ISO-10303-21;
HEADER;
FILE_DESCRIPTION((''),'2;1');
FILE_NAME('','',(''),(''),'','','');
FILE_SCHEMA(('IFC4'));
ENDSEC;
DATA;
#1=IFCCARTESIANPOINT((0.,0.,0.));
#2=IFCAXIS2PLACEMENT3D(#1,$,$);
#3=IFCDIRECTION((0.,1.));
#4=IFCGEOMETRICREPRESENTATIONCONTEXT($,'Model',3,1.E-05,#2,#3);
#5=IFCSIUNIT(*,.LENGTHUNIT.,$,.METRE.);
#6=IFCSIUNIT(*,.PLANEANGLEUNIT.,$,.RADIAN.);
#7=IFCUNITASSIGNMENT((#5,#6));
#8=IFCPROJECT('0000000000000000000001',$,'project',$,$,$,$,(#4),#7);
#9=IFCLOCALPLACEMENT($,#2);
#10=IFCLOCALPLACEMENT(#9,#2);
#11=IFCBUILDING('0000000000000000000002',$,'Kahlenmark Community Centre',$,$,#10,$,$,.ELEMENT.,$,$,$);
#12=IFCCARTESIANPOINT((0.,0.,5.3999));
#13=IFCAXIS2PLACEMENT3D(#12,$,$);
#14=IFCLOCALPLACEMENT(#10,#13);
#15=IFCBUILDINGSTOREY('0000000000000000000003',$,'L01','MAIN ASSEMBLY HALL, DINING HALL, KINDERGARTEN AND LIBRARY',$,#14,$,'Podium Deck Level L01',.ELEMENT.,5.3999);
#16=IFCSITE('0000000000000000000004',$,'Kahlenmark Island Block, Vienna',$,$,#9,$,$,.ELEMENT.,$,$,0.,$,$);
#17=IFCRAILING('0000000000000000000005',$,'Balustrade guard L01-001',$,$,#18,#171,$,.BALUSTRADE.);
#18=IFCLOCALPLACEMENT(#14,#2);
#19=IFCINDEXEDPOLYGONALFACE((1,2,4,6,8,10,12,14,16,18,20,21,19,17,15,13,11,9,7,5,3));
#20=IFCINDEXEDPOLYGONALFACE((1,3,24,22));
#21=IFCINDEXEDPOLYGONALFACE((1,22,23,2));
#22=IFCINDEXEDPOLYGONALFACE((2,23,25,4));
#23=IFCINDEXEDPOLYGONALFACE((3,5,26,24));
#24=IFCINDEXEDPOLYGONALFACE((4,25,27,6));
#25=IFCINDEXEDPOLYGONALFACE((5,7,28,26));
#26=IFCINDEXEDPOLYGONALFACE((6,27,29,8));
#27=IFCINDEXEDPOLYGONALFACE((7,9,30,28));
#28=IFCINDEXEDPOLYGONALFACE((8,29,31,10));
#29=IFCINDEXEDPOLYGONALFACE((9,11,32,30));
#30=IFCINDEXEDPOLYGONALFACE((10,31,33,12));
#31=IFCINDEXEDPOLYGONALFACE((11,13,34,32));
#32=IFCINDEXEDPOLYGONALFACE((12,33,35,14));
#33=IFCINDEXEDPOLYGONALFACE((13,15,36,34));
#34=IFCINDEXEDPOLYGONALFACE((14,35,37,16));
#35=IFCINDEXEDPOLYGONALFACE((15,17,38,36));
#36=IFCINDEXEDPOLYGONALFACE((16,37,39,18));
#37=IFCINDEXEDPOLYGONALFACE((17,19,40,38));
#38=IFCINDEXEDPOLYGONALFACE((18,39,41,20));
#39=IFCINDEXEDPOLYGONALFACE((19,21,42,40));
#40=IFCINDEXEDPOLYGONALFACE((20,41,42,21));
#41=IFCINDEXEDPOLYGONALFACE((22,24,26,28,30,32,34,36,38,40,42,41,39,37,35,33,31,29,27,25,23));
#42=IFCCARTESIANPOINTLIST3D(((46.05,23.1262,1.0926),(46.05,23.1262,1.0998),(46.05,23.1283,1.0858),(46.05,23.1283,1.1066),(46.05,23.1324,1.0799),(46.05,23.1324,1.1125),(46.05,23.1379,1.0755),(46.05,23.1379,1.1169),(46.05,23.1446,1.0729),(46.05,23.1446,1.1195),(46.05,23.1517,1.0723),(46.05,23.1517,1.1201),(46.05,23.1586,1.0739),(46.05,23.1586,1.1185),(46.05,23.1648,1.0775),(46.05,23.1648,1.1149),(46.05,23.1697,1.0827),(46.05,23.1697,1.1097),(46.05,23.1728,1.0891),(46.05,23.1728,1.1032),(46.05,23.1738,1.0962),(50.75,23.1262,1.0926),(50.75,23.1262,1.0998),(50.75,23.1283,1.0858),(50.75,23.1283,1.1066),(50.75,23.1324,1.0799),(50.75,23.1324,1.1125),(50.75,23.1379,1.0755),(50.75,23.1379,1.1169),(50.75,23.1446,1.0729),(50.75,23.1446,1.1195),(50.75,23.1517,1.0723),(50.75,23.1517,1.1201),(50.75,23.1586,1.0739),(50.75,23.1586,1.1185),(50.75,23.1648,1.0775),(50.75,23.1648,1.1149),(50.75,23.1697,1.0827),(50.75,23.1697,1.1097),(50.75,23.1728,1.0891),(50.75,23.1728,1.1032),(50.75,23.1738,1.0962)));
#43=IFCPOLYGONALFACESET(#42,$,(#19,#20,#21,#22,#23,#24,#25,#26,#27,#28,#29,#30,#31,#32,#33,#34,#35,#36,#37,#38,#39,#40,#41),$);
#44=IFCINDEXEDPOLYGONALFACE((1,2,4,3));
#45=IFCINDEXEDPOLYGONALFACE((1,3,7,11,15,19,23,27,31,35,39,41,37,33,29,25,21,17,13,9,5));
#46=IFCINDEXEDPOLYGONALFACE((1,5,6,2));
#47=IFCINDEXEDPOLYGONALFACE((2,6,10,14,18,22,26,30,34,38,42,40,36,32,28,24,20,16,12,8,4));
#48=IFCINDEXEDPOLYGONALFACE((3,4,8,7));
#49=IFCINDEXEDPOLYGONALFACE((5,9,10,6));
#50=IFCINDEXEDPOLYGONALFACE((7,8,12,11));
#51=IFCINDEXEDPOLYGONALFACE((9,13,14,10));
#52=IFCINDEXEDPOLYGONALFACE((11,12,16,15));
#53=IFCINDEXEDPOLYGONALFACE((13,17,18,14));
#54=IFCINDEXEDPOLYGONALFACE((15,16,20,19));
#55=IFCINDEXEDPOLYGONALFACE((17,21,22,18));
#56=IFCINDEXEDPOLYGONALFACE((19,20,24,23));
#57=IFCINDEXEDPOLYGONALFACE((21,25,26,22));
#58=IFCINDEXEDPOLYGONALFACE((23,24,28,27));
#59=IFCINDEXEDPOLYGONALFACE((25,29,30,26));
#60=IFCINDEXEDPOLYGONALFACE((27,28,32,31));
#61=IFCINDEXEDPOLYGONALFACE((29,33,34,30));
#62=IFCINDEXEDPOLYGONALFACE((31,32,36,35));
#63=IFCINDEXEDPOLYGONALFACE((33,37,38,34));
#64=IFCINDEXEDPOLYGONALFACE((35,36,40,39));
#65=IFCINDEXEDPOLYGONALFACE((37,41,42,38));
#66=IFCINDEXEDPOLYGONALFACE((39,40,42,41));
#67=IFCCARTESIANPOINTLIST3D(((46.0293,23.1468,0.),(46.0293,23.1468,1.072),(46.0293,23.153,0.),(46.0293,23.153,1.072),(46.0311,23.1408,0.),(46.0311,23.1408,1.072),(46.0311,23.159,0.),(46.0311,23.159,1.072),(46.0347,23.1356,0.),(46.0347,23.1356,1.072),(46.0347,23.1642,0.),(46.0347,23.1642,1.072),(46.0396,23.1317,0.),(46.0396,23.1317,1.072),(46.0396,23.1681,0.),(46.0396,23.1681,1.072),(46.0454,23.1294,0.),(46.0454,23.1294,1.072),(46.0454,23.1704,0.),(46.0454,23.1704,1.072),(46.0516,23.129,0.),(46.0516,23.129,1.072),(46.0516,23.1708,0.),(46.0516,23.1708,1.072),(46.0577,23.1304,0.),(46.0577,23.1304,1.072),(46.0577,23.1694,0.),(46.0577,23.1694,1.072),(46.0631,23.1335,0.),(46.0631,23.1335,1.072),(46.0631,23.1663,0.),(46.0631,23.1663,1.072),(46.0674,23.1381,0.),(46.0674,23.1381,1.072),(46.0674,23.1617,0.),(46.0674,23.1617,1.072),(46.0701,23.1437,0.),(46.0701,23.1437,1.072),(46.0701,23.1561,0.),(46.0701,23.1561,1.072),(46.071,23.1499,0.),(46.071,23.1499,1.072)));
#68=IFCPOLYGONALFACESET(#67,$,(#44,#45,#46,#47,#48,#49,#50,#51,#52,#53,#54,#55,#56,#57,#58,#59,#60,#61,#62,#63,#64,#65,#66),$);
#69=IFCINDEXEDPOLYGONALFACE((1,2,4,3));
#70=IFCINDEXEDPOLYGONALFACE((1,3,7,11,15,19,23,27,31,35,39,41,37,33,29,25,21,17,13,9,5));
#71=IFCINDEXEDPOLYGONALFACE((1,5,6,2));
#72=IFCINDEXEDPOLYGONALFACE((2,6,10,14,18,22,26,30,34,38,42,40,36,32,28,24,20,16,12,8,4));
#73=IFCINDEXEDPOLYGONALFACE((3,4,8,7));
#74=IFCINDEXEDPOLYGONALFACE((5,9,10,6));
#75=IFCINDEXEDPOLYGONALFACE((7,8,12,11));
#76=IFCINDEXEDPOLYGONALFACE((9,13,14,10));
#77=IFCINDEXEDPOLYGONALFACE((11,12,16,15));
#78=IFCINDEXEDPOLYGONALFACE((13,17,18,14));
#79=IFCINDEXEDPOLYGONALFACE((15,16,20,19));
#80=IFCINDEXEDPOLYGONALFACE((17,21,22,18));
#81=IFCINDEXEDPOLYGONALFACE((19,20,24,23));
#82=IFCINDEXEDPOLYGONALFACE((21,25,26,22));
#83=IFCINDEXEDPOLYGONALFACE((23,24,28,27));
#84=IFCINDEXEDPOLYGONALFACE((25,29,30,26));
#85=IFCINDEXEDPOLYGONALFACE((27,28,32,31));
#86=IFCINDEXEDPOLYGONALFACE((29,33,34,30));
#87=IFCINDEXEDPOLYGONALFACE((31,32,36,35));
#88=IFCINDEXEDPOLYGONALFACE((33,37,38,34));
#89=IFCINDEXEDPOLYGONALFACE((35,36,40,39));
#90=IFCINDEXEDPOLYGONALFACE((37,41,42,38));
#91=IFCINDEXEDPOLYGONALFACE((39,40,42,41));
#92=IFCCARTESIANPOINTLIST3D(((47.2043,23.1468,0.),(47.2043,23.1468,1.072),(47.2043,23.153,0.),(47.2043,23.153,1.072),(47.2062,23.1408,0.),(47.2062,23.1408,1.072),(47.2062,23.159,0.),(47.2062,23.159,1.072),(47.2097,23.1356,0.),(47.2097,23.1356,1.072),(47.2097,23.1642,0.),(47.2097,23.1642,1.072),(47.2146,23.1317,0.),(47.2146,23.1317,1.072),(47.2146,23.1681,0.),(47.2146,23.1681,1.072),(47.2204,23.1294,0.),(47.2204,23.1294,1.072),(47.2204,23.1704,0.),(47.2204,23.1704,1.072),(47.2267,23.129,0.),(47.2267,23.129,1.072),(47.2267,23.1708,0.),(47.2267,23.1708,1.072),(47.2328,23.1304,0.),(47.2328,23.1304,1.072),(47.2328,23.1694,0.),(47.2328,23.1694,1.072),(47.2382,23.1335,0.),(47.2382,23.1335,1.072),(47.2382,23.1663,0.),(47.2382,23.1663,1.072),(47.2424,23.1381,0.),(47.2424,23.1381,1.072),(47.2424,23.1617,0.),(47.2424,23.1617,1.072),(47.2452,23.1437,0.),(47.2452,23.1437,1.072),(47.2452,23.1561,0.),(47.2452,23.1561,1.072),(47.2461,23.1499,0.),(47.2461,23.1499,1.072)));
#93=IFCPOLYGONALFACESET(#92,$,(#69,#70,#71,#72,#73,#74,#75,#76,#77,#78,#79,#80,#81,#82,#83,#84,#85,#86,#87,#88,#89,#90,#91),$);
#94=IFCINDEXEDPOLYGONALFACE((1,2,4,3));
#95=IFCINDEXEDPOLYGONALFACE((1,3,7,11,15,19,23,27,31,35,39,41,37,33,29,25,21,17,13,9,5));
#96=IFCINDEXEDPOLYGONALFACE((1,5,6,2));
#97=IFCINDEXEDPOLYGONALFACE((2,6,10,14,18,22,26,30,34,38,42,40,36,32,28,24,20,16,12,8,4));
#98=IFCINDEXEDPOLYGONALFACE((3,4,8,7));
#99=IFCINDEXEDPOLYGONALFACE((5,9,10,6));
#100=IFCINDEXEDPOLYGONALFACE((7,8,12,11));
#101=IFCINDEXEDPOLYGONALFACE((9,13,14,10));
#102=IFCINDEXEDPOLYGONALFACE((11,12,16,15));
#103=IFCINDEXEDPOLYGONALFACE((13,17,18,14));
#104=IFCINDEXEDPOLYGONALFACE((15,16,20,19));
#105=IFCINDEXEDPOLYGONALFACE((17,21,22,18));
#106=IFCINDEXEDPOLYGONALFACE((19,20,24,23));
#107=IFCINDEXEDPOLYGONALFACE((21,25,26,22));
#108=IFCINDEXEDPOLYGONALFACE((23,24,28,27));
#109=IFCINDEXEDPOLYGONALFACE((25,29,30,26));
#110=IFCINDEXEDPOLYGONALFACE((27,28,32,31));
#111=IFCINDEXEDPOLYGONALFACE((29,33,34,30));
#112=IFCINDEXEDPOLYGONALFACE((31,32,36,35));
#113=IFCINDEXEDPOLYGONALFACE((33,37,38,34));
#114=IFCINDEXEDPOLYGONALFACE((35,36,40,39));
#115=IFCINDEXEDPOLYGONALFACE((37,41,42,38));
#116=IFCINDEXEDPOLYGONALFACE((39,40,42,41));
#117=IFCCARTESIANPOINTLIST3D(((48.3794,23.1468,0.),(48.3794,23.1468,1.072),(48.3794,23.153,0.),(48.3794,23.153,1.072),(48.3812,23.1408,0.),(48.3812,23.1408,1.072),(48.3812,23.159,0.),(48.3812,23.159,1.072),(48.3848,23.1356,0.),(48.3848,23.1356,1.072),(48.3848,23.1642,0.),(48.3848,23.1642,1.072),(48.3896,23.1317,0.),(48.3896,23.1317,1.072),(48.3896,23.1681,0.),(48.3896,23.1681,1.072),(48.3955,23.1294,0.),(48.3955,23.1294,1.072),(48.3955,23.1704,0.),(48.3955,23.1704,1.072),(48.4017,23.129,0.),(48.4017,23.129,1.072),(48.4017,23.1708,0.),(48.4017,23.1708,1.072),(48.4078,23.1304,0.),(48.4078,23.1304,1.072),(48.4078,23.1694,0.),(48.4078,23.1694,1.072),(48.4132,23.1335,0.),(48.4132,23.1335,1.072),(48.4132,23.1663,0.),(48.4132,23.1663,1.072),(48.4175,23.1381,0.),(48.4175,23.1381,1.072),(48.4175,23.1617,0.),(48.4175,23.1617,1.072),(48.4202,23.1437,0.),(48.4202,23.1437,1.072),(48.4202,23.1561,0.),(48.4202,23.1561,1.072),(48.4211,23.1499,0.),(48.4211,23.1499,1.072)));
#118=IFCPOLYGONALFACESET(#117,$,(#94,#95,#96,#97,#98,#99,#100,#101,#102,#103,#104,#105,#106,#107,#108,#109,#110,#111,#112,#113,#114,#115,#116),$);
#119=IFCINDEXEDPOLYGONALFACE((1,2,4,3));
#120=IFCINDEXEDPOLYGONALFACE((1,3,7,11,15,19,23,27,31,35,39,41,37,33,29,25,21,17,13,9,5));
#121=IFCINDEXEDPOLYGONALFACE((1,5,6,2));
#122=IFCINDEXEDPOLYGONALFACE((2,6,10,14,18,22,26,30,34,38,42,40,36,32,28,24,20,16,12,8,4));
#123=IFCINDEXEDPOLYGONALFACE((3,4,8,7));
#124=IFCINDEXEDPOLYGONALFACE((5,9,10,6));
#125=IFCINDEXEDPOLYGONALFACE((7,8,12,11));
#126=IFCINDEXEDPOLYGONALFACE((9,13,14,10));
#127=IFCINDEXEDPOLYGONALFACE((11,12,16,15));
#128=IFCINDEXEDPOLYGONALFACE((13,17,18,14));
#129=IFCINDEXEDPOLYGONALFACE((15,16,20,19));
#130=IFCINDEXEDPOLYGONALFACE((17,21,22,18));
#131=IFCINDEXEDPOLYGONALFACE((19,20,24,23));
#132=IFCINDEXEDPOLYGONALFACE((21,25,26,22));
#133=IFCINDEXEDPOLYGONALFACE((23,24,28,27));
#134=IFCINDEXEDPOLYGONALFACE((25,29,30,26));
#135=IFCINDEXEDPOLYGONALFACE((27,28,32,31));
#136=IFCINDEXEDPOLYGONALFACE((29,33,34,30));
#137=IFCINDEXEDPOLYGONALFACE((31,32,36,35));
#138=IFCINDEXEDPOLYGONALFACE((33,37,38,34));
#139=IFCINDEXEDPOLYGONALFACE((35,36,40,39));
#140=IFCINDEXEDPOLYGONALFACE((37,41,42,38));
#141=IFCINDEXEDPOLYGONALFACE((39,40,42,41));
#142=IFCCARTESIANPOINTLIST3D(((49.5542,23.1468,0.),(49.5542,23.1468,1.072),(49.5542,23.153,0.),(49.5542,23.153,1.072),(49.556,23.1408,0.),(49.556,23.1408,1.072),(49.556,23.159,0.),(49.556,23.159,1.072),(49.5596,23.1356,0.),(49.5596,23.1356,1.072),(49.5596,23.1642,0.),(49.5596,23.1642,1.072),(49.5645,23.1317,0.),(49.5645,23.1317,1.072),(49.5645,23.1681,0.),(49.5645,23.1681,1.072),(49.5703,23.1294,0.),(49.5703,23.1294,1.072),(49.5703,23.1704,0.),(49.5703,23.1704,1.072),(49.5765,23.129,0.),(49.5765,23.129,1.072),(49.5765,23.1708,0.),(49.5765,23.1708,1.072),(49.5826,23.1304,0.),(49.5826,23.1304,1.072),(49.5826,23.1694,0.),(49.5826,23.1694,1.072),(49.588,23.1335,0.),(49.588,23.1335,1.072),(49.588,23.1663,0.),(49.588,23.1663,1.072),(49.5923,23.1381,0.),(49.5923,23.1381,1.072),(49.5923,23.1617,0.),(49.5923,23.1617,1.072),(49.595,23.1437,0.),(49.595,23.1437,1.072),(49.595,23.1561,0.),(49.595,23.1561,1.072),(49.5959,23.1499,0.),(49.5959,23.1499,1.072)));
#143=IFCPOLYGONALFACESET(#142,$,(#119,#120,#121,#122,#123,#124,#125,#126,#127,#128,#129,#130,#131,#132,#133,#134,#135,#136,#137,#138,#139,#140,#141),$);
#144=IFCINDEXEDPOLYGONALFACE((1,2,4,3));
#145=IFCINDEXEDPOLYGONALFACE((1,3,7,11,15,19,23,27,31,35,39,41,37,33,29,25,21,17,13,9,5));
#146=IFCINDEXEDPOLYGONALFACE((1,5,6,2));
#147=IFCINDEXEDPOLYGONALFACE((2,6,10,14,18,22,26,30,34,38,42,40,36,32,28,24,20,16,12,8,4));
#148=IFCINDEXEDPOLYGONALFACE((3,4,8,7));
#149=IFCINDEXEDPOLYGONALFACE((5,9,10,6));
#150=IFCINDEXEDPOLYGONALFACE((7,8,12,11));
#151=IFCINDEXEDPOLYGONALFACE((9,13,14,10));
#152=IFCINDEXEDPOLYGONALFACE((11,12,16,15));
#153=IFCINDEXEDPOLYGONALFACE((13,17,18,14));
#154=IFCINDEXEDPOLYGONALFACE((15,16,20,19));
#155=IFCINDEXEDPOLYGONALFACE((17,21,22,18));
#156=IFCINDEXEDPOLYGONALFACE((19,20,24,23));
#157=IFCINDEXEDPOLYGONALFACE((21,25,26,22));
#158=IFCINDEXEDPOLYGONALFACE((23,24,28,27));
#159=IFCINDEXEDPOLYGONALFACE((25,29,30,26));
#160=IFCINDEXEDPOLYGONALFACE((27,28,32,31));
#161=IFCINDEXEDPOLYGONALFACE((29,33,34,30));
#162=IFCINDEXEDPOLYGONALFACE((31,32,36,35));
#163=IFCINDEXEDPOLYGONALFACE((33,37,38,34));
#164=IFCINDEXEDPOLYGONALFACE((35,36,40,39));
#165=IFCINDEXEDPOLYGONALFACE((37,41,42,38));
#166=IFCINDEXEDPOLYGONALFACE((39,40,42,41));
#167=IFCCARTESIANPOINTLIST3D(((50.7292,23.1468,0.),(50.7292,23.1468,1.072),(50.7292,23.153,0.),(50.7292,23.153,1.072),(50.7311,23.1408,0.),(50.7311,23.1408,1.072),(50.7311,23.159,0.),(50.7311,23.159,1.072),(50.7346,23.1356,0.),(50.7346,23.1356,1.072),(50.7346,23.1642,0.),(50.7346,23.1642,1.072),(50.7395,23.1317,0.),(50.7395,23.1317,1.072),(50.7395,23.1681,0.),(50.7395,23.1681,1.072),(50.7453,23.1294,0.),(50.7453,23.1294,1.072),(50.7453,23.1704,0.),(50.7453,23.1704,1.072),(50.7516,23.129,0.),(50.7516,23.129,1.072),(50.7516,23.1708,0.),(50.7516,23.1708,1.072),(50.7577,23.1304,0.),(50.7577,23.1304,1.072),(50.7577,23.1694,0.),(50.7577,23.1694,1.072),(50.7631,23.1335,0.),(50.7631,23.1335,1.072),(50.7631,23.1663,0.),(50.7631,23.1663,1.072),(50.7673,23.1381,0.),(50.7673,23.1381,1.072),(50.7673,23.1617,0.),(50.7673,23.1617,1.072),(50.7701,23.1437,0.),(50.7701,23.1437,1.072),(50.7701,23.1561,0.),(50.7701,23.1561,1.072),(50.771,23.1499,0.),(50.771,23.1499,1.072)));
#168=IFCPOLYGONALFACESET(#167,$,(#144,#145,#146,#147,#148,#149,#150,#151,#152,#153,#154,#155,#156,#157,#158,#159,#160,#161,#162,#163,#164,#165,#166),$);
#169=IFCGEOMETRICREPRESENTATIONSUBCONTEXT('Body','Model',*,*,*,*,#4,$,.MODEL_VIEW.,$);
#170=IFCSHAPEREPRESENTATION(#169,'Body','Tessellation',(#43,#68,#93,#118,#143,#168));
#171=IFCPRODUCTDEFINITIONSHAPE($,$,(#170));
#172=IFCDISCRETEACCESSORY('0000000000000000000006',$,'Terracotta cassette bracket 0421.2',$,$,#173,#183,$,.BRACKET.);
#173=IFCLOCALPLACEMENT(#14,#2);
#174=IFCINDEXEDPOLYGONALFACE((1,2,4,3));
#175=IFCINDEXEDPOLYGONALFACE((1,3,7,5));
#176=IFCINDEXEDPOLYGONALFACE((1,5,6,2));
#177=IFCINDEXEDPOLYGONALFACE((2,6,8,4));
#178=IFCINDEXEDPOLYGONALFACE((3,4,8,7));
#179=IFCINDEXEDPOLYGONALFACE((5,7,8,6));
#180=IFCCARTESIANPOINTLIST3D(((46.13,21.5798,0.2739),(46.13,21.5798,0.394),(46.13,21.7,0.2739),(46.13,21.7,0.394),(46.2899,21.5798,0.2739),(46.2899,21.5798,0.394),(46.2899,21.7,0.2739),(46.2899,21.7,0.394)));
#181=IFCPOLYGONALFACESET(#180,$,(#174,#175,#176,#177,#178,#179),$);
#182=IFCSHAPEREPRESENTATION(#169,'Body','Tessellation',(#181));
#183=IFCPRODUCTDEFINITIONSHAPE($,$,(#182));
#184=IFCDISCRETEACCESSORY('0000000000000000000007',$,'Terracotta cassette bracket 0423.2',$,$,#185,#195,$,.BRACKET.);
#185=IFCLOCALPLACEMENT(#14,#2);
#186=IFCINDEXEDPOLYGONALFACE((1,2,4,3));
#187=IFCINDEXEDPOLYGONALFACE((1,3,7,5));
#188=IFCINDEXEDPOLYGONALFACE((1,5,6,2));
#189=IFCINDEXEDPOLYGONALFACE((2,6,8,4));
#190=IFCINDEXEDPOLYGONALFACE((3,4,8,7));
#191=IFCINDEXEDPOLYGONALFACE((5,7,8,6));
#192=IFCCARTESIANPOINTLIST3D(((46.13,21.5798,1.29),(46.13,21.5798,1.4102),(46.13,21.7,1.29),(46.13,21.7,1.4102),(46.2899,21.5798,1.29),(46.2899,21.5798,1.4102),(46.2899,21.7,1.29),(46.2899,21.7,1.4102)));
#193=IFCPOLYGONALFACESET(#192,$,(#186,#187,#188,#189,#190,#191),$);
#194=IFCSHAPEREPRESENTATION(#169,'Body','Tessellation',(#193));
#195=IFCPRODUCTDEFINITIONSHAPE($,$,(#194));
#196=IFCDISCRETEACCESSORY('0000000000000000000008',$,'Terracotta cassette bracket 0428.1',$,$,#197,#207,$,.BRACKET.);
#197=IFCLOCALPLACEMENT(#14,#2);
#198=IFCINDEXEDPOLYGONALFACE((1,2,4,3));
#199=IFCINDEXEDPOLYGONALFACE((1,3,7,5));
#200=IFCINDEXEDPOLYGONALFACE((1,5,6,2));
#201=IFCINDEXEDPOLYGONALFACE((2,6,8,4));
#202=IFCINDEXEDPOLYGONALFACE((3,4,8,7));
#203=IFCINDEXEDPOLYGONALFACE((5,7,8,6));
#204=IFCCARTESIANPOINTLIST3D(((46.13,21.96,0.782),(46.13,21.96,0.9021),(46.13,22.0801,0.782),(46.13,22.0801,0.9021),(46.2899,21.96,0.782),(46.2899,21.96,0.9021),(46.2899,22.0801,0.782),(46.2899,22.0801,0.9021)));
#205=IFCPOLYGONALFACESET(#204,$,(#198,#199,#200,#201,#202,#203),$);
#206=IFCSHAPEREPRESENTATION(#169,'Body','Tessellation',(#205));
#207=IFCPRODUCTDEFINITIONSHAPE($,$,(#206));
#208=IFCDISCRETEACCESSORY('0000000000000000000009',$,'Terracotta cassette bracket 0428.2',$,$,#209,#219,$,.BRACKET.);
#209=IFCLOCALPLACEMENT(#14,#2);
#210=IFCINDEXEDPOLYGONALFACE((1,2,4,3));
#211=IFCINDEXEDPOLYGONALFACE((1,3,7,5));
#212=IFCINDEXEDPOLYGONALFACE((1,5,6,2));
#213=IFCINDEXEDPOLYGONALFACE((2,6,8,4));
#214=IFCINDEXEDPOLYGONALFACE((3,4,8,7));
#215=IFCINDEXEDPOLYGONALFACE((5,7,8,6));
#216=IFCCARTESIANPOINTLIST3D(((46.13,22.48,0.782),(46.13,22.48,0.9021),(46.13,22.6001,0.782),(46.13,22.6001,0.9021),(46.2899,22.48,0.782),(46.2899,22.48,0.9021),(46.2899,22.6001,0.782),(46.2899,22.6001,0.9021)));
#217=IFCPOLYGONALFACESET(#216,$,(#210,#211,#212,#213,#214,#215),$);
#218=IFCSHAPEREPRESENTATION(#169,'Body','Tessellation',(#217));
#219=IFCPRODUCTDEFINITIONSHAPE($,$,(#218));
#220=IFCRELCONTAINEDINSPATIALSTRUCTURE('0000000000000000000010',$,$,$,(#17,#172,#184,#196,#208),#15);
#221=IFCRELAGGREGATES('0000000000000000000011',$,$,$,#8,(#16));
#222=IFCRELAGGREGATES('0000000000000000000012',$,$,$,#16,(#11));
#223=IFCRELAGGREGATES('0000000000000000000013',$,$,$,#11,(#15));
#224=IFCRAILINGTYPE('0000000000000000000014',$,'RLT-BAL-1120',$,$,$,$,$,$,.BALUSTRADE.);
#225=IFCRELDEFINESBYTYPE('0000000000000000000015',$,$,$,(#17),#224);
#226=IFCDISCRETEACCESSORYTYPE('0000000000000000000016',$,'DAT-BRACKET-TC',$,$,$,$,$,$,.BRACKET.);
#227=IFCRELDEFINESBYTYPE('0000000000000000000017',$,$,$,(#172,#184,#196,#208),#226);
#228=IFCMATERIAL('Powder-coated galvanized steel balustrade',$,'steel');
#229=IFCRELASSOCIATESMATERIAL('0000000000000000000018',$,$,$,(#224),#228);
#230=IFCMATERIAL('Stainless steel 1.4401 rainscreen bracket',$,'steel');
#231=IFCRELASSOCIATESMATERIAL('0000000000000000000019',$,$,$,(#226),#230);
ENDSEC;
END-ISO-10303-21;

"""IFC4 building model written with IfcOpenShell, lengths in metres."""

from ifc_helpers import new_model, si_unit, direction, frame, origin, origin_2d, place, context, subcontext, project, spatial, rectangle, circle, extrude, material, type_object, element, save


model = new_model("IFC4")

# Units and contexts
model_context = context("Model", 3, precision=1e-05, world=origin(), true_north=direction((0.0, 1.0)))
body_context = subcontext(model_context, "Body", "Model", "MODEL_VIEW")
ifc_project = project(units=[si_unit("LENGTHUNIT", "METRE"), si_unit("PLANEANGLEUNIT", "RADIAN")], contexts=[model_context])

# Site, building, storey
site_placement = place(None, origin())
site = spatial("IfcSite", under=ifc_project, at=site_placement, Name="Kahlenmark Island Block, Vienna", CompositionType="ELEMENT", RefElevation=0.0)
building_placement = place(site_placement, origin())
building = spatial("IfcBuilding", under=site, at=building_placement, Name="Kahlenmark Community Centre", CompositionType="ELEMENT")
storey_placement = place(building_placement, frame((0.0, 0.0, 5.3999)))
storey = spatial("IfcBuildingStorey", under=building, at=storey_placement, Name="L01", Description="MAIN ASSEMBLY HALL, DINING HALL, KINDERGARTEN AND LIBRARY", LongName="Podium Deck Level L01", CompositionType="ELEMENT", Elevation=5.3999)

# Railing
ifc_material_1 = material(Name="Powder-coated galvanized steel balustrade", Category="steel")
railing_type = type_object("IfcRailingType", Name="RLT-BAL-1120", PredefinedType="BALUSTRADE", material=ifc_material_1)
railing_placement = place(storey_placement, frame((46.05, 23.1499, 0.0)))
element("IfcRailing", 1, at=railing_placement, inside=storey, type_object=railing_type, Name="Balustrade guard L01-001", PredefinedType="BALUSTRADE", context=body_context, shape_type="SweptSolid", body=[
    extrude(circle(Radius=0.0239, at=origin_2d()), frame((0.0, 0.0, 1.0962), z_axis=(1.0, 0.0, 0.0), x_axis=(0.0, 1.0, 0.0)), (0.0, 0.0, 1.0), 4.7),
    extrude(circle(Radius=0.021, at=origin_2d()), origin(), (0.0, 0.0, 1.0), 1.072),
    extrude(circle(Radius=0.021, at=origin_2d()), frame((1.175, 0.0, 0.0)), (0.0, 0.0, 1.0), 1.072),
    extrude(circle(Radius=0.021, at=origin_2d()), frame((2.3501, 0.0, 0.0)), (0.0, 0.0, 1.0), 1.072),
    extrude(circle(Radius=0.021, at=origin_2d()), frame((3.5249, 0.0, 0.0)), (0.0, 0.0, 1.0), 1.072),
    extrude(circle(Radius=0.021, at=origin_2d()), frame((4.7, 0.0, 0.0)), (0.0, 0.0, 1.0), 1.072),
])

# Discrete accessories
ifc_material_2 = material(Name="Stainless steel 1.4401 rainscreen bracket", Category="steel")
discrete_accessory_type = type_object("IfcDiscreteAccessoryType", Name="DAT-BRACKET-TC", PredefinedType="BRACKET", material=ifc_material_2)
for number, where, z_axis, x_axis, name in (
    (2, (46.21, 21.6399, 0.2739), (0.0, 0.0, 1.0), (0.0, 1.0, 0.0), "Terracotta cassette bracket 0421.2"),
    (3, (46.21, 21.6399, 1.29), (0.0, 0.0, 1.0), (0.0, 1.0, 0.0), "Terracotta cassette bracket 0423.2"),
    (4, (46.21, 22.02, 0.782), (0.0, 0.0, 1.0), (0.0, 1.0, 0.0), "Terracotta cassette bracket 0428.1"),
    (5, (46.21, 22.54, 0.782), (0.0, 0.0, 1.0), (0.0, 1.0, 0.0), "Terracotta cassette bracket 0428.2"),
):
    element("IfcDiscreteAccessory", number, at=place(storey_placement, frame(where, z_axis=z_axis, x_axis=x_axis)), inside=storey, type_object=discrete_accessory_type, Name=name, PredefinedType="BRACKET", context=body_context, shape_type="SweptSolid", body=[
        extrude(rectangle(XDim=0.1201, YDim=0.1599, at=origin_2d()), origin(), (0.0, 0.0, 1.0), 0.1201),
    ])

save(model, "model.ifc")
